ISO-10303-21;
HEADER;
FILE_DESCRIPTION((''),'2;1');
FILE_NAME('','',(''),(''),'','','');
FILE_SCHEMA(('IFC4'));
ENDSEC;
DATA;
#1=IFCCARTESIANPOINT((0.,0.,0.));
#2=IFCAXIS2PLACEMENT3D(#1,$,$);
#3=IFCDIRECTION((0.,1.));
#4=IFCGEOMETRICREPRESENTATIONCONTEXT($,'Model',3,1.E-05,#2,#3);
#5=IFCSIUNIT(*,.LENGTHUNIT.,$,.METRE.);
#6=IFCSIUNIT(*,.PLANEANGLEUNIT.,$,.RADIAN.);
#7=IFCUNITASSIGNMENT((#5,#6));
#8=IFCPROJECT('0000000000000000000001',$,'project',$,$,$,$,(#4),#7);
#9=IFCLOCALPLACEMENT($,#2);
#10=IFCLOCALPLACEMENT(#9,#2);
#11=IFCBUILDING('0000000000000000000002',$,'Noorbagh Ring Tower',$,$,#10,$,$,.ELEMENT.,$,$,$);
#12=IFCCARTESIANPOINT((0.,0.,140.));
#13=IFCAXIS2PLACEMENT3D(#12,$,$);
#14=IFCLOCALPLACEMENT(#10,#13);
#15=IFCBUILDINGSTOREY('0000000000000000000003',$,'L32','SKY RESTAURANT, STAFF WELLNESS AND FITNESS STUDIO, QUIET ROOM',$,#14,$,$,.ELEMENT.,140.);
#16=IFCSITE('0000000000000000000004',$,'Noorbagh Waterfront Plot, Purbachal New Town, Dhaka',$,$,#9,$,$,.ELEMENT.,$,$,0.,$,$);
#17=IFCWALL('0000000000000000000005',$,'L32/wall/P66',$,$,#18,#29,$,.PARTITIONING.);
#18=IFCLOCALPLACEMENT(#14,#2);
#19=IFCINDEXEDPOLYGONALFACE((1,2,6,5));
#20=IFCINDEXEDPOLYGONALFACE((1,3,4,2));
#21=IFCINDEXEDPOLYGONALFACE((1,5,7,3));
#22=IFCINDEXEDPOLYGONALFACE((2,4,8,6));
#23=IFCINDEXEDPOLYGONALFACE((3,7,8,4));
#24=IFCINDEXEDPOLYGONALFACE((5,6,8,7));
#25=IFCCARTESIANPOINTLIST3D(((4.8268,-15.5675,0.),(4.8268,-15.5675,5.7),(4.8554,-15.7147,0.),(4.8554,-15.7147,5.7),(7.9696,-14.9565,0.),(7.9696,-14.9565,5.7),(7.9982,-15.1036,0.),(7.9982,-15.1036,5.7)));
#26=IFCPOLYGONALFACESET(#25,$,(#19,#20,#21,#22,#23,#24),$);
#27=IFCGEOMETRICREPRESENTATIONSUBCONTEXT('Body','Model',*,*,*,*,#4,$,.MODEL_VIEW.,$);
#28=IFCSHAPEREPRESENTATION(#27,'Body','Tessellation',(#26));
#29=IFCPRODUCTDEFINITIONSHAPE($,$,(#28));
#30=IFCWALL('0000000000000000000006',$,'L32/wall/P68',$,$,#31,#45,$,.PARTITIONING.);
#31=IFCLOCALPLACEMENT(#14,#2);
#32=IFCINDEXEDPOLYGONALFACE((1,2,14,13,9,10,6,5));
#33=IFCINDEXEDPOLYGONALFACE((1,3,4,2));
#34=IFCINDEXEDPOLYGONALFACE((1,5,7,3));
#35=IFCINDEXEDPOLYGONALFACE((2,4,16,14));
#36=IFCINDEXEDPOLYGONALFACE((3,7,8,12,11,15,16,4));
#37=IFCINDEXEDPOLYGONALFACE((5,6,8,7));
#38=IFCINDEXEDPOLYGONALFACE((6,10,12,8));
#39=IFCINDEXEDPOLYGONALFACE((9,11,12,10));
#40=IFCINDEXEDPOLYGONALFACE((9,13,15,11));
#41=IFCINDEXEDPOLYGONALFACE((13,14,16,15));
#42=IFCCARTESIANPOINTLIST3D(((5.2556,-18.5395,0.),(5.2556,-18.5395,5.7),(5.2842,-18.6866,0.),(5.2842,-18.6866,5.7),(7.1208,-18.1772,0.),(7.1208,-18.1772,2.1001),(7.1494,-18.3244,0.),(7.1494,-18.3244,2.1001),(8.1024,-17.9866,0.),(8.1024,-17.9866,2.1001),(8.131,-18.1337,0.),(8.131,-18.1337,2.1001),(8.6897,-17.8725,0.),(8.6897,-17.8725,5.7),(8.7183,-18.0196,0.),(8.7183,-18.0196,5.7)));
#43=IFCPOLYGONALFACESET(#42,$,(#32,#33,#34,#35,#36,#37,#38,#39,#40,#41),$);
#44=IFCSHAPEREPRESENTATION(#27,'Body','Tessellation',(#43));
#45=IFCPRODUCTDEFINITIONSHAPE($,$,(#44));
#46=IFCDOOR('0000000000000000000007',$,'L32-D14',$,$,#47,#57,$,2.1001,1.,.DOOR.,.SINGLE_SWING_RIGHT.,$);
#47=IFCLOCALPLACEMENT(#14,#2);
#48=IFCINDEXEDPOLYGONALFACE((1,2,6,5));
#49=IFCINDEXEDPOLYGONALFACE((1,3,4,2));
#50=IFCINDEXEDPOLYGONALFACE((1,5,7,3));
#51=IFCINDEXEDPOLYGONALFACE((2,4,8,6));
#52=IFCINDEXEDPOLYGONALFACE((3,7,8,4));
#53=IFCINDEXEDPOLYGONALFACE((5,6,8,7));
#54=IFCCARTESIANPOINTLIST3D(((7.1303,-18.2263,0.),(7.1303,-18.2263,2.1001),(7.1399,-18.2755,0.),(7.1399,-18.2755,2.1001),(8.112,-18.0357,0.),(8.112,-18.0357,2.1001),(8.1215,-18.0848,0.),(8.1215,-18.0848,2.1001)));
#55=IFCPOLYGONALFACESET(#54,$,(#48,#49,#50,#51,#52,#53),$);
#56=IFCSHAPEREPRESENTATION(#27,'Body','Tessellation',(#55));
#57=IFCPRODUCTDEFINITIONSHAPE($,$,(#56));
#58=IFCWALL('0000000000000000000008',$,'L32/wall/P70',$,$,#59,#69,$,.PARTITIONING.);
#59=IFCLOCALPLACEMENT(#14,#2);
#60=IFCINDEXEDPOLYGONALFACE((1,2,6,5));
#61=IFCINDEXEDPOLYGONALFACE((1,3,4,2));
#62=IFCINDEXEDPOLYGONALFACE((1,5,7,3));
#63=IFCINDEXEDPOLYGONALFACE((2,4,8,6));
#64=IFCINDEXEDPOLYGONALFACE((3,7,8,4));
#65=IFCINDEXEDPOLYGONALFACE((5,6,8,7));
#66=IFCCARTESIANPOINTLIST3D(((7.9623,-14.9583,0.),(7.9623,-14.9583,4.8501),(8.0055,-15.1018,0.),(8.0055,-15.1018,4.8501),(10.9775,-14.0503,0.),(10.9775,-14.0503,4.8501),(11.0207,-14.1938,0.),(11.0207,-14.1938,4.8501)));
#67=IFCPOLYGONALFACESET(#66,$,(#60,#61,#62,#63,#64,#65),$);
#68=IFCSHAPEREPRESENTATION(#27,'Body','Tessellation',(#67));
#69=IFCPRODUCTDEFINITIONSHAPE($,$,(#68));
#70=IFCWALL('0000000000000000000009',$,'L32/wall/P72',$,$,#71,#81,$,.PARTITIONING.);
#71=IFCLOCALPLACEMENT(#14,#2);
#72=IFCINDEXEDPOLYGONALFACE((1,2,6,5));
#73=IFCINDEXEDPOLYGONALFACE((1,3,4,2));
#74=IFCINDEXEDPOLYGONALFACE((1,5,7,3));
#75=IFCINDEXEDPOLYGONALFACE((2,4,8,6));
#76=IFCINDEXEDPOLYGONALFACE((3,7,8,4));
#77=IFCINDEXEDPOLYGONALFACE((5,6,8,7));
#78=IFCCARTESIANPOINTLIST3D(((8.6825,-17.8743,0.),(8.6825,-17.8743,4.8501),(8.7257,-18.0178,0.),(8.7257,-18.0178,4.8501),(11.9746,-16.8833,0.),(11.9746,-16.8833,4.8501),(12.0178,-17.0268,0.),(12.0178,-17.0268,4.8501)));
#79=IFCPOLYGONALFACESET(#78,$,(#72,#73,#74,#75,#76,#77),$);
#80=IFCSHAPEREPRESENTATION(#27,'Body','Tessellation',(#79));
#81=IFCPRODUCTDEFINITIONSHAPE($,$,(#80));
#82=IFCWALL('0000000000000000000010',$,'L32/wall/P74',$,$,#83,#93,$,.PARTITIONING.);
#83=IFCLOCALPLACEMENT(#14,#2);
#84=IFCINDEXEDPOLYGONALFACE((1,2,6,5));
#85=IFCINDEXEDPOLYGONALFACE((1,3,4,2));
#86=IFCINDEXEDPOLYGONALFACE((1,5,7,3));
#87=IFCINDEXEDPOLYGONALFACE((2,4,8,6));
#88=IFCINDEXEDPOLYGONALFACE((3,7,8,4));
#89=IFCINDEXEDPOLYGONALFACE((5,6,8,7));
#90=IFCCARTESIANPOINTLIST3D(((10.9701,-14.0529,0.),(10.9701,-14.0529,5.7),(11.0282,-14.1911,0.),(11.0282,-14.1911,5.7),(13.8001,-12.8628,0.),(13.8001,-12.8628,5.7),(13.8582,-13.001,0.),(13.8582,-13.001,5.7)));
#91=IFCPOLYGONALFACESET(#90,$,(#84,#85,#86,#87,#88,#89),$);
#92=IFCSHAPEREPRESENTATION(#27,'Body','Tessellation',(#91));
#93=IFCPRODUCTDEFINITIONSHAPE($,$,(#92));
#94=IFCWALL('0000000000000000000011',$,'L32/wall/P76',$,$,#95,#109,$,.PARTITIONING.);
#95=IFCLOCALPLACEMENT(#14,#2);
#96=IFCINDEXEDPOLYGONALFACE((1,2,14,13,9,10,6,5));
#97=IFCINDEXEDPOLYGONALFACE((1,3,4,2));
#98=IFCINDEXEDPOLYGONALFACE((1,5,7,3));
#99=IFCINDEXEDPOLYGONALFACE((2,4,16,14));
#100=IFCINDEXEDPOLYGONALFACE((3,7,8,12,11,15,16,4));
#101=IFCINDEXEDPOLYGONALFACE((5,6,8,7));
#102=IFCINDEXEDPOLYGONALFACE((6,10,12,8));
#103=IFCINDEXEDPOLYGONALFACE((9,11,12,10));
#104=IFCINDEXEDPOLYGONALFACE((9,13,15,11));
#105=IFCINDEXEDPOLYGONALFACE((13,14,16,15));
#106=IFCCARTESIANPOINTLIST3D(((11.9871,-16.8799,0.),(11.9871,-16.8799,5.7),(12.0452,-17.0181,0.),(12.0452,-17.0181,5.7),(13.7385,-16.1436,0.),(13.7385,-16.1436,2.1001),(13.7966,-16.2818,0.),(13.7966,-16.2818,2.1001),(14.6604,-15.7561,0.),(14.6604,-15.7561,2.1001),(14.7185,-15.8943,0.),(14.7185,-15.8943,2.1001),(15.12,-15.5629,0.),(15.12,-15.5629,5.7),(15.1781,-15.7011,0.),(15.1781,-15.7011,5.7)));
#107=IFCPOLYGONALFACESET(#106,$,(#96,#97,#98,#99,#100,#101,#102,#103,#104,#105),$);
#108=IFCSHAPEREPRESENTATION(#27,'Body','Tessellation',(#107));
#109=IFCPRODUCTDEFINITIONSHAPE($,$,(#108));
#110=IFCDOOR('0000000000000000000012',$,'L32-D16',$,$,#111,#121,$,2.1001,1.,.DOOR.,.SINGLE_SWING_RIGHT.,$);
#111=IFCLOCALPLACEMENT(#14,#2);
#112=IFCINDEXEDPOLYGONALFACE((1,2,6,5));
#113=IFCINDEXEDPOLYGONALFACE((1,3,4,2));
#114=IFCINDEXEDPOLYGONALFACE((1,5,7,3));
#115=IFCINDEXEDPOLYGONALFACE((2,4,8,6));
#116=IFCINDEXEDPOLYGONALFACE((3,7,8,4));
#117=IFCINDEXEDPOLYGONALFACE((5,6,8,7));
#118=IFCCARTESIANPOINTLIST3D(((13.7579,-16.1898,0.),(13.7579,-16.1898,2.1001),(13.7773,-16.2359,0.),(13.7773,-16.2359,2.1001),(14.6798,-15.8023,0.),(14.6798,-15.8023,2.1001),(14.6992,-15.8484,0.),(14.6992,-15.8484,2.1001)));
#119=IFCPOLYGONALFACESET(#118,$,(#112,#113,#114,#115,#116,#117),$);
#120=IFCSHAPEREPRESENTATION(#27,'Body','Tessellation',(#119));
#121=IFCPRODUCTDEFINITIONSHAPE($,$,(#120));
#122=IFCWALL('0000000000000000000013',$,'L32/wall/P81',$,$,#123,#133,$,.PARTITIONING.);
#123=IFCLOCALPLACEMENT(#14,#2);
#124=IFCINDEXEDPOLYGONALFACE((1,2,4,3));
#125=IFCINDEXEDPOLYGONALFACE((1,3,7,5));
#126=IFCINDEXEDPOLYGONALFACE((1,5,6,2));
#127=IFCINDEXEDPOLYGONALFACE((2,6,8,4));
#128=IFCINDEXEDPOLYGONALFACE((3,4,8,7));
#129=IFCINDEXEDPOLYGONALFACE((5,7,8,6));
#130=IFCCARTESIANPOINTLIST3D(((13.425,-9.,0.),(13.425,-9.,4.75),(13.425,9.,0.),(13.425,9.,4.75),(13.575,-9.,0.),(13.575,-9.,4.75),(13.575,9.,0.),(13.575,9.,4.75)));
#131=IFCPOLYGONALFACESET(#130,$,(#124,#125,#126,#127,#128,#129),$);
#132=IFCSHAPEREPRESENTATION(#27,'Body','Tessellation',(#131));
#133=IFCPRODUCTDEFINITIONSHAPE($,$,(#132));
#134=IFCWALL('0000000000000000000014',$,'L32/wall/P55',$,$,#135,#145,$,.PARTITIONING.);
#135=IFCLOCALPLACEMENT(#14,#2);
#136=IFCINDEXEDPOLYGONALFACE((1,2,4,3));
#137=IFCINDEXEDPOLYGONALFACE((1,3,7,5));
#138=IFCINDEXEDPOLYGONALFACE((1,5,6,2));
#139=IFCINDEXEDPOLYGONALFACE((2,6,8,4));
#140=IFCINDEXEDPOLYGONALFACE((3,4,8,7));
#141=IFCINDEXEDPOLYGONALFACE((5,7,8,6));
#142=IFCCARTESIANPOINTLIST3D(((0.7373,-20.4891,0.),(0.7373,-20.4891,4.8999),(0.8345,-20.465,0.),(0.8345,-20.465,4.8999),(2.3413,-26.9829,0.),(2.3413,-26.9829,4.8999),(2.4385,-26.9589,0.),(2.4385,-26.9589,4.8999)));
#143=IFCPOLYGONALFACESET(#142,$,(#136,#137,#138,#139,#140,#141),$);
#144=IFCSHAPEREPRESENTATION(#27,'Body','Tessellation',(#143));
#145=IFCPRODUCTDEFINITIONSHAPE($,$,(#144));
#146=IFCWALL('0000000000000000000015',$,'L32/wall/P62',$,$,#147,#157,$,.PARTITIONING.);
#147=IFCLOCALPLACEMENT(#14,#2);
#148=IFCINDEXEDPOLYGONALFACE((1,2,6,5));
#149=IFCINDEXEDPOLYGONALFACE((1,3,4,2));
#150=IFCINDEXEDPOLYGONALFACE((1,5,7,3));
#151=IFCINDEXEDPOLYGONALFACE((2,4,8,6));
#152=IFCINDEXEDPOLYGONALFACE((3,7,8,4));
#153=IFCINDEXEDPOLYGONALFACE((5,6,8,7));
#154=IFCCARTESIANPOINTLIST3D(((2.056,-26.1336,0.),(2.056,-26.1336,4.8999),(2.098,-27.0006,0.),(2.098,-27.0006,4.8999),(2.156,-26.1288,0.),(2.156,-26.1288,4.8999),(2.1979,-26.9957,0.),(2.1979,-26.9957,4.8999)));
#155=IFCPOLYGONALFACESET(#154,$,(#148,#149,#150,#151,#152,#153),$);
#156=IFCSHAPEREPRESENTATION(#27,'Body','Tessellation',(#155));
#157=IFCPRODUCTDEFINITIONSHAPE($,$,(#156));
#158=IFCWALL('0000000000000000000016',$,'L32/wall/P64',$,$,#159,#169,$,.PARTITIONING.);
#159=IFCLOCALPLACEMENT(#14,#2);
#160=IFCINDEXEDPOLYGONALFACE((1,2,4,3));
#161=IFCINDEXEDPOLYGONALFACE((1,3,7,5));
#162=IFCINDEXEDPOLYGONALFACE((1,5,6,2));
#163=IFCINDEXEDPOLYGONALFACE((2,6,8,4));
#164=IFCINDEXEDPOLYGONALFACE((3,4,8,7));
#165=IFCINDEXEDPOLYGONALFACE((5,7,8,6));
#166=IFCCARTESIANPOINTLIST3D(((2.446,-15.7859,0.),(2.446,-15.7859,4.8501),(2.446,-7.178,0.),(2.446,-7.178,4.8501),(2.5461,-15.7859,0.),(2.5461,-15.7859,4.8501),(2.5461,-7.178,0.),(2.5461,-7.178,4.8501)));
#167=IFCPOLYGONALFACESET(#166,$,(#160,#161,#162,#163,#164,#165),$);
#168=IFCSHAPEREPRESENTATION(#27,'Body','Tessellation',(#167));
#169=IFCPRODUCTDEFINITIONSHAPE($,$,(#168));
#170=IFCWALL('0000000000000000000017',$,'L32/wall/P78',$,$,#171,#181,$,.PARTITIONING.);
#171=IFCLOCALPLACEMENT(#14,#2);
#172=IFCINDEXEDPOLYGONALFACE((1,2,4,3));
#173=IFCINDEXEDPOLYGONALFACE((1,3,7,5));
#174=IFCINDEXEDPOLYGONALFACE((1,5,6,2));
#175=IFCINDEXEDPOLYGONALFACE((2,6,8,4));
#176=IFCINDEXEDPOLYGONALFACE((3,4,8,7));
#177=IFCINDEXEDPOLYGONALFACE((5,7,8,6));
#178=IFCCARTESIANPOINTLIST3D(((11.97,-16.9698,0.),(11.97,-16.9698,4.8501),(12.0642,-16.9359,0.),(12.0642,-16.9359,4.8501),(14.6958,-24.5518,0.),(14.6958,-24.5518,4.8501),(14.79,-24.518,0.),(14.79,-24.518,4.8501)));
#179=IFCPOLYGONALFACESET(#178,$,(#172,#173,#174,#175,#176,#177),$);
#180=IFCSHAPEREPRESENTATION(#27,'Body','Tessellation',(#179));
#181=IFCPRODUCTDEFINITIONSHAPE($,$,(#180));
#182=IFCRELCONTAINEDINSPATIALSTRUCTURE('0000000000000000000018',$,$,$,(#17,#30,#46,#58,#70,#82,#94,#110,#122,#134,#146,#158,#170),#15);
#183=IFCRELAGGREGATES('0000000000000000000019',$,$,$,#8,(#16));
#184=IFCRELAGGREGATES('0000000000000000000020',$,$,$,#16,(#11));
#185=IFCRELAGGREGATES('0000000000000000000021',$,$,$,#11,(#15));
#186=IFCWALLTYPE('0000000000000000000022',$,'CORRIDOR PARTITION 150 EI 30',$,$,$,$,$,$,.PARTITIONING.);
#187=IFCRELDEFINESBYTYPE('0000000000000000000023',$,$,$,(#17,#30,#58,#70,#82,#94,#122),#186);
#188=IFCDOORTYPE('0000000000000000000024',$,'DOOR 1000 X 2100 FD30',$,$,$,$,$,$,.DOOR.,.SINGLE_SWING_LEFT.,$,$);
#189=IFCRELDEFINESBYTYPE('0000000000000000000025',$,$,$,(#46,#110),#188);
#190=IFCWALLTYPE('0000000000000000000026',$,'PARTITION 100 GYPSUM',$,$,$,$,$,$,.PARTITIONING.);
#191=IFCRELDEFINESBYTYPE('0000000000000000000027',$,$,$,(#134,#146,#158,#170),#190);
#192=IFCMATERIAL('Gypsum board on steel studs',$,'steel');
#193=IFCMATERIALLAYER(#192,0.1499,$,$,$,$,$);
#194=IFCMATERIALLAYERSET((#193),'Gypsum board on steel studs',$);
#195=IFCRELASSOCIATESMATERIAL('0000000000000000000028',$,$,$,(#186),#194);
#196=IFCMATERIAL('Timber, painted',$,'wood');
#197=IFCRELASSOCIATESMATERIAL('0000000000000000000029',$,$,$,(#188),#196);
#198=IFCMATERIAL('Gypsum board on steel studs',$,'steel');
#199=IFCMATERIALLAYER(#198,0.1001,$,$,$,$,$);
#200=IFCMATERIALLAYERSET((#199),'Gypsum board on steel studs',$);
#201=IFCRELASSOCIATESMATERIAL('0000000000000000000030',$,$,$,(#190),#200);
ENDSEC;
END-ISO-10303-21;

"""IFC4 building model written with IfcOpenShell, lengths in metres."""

from ifc_helpers import new_model, si_unit, direction, frame, frame_2d, origin, place, context, subcontext, project, spatial, rectangle, extrude, material, layer, layer_set, type_object, element, fill, save


model = new_model("IFC4")

# Units and contexts
model_context = context("Model", 3, precision=1e-05, world=origin(), true_north=direction((0.0, 1.0)))
body_context = subcontext(model_context, "Body", "Model", "MODEL_VIEW")
ifc_project = project(units=[si_unit("LENGTHUNIT", "METRE"), si_unit("PLANEANGLEUNIT", "RADIAN")], contexts=[model_context])

# Site, building, storey
site_placement = place(None, origin())
site = spatial("IfcSite", under=ifc_project, at=site_placement, Name="Noorbagh Waterfront Plot, Purbachal New Town, Dhaka", CompositionType="ELEMENT", RefElevation=0.0)
building_placement = place(site_placement, origin())
building = spatial("IfcBuilding", under=site, at=building_placement, Name="Noorbagh Ring Tower", CompositionType="ELEMENT")
storey_placement = place(building_placement, frame((0.0, 0.0, 140.0)))
storey = spatial("IfcBuildingStorey", under=building, at=storey_placement, Name="L32", Description="SKY RESTAURANT, STAFF WELLNESS AND FITNESS STUDIO, QUIET ROOM", CompositionType="ELEMENT", Elevation=140.0)

# Wall
ifc_material_1 = material(Name="Gypsum board on steel studs", Category="steel")
ifc_layer_1 = layer(ifc_material_1, 0.1499)
ifc_layer_set_1 = layer_set([ifc_layer_1], Name="Gypsum board on steel studs")
wall_type_1 = type_object("IfcWallType", Name="CORRIDOR PARTITION 150 EI 30", PredefinedType="PARTITIONING", material=ifc_layer_set_1)
wall_1_placement = place(storey_placement, frame((4.8411, -15.6411, 0.0), z_axis=(0.0, 0.0, 1.0), x_axis=(0.981617, 0.190864, 0.0)))
element("IfcWall", 1, at=wall_1_placement, inside=storey, type_object=wall_type_1, Name="L32/wall/P66", PredefinedType="PARTITIONING", context=body_context, shape_type="SweptSolid", body=[
    extrude(rectangle(XDim=3.2017, YDim=0.1499, at=frame_2d((1.6008, 0.0))), origin(), (0.0, 0.0, 1.0), 5.7),
])

# Wall, opening, door
wall_2_placement = place(storey_placement, frame((5.27, -18.613, 0.0), z_axis=(0.0, 0.0, 1.0), x_axis=(0.981655, 0.190664, 0.0)))
wall_2 = element("IfcWall", 2, at=wall_2_placement, inside=storey, type_object=wall_type_1, Name="L32/wall/P68", PredefinedType="PARTITIONING", context=body_context, shape_type="SweptSolid", body=[
    extrude(rectangle(XDim=3.4983, YDim=0.1499, at=frame_2d((1.749, 0.0))), origin(), (0.0, 0.0, 1.0), 5.7),
])
opening_1_placement = place(wall_2_placement, frame((1.8999, 0.0, 0.0)))
opening_1 = element("IfcOpeningElement", 3, at=opening_1_placement, cuts=wall_2, PredefinedType="OPENING", context=body_context, shape_type="SweptSolid", body=[
    extrude(rectangle(XDim=1.0, YDim=2.1001, at=frame_2d((0.5, 1.05))), frame((0.0, 0.085, 0.0), z_axis=(0.0, -1.0, 0.0), x_axis=(1.0, 0.0, 0.0)), (0.0, 0.0, 1.0), 0.1699),
])
ifc_material_2 = material(Name="Timber, painted", Category="wood")
door_type = type_object("IfcDoorType", Name="DOOR 1000 X 2100 FD30", OperationType="SINGLE_SWING_LEFT", PredefinedType="DOOR", material=ifc_material_2)
door_1_placement = place(opening_1_placement, origin())
door_1 = element("IfcDoor", 4, at=door_1_placement, inside=storey, type_object=door_type, Name="L32-D14", OperationType="SINGLE_SWING_RIGHT", OverallHeight=2.1001, OverallWidth=1.0, PredefinedType="DOOR", context=body_context, shape_type="SweptSolid", body=[
    extrude(rectangle(XDim=1.0, YDim=2.1001, at=frame_2d((0.5, 1.05))), frame((0.0, 0.0249, 0.0), z_axis=(0.0, -1.0, 0.0), x_axis=(1.0, 0.0, 0.0)), (0.0, 0.0, 1.0), 0.05),
])
fill(opening_1, door_1)

# Walls
wall_3_placement = place(storey_placement, frame((7.9839, -15.03, 0.0), z_axis=(0.0, 0.0, 1.0), x_axis=(0.957527, 0.288344, 0.0)))
element("IfcWall", 5, at=wall_3_placement, inside=storey, type_object=wall_type_1, Name="L32/wall/P70", PredefinedType="PARTITIONING", context=body_context, shape_type="SweptSolid", body=[
    extrude(rectangle(XDim=3.1489, YDim=0.1499, at=frame_2d((1.5745, 0.0))), origin(), (0.0, 0.0, 1.0), 4.8501),
])
wall_4_placement = place(storey_placement, frame((8.7041, -17.946, 0.0), z_axis=(0.0, 0.0, 1.0), x_axis=(0.957556, 0.288247, 0.0)))
element("IfcWall", 6, at=wall_4_placement, inside=storey, type_object=wall_type_1, Name="L32/wall/P72", PredefinedType="PARTITIONING", context=body_context, shape_type="SweptSolid", body=[
    extrude(rectangle(XDim=3.438, YDim=0.1499, at=frame_2d((1.719, 0.0))), origin(), (0.0, 0.0, 1.0), 4.8501),
])
wall_5_placement = place(storey_placement, frame((10.999, -14.1221, 0.0), z_axis=(0.0, 0.0, 1.0), x_axis=(0.921801, 0.387662, 0.0)))
element("IfcWall", 7, at=wall_5_placement, inside=storey, type_object=wall_type_1, Name="L32/wall/P74", PredefinedType="PARTITIONING", context=body_context, shape_type="SweptSolid", body=[
    extrude(rectangle(XDim=3.0701, YDim=0.1499, at=frame_2d((1.5352, 0.0))), origin(), (0.0, 0.0, 1.0), 5.7),
])

# Wall, opening, door
wall_6_placement = place(storey_placement, frame((12.0161, -16.949, 0.0), z_axis=(0.0, 0.0, 1.0), x_axis=(0.921865, 0.387511, 0.0)))
wall_6 = element("IfcWall", 8, at=wall_6_placement, inside=storey, type_object=wall_type_1, Name="L32/wall/P76", PredefinedType="PARTITIONING", context=body_context, shape_type="SweptSolid", body=[
    extrude(rectangle(XDim=3.3984, YDim=0.1499, at=frame_2d((1.6992, 0.0))), origin(), (0.0, 0.0, 1.0), 5.7),
])
opening_2_placement = place(wall_6_placement, frame((1.8999, 0.0, 0.0)))
opening_2 = element("IfcOpeningElement", 9, at=opening_2_placement, cuts=wall_6, PredefinedType="OPENING", context=body_context, shape_type="SweptSolid", body=[
    extrude(rectangle(XDim=1.0, YDim=2.1001, at=frame_2d((0.5, 1.05))), frame((0.0, 0.085, 0.0), z_axis=(0.0, -1.0, 0.0), x_axis=(1.0, 0.0, 0.0)), (0.0, 0.0, 1.0), 0.1699),
])
door_2_placement = place(opening_2_placement, origin())
door_2 = element("IfcDoor", 10, at=door_2_placement, inside=storey, type_object=door_type, Name="L32-D16", OperationType="SINGLE_SWING_RIGHT", OverallHeight=2.1001, OverallWidth=1.0, PredefinedType="DOOR", context=body_context, shape_type="SweptSolid", body=[
    extrude(rectangle(XDim=1.0, YDim=2.1001, at=frame_2d((0.5, 1.05))), frame((0.0, 0.0249, 0.0), z_axis=(0.0, -1.0, 0.0), x_axis=(1.0, 0.0, 0.0)), (0.0, 0.0, 1.0), 0.05),
])
fill(opening_2, door_2)

# Walls
wall_7_placement = place(storey_placement, frame((13.5, -9.0, 0.0), z_axis=(0.0, 0.0, 1.0), x_axis=(0.0, 1.0, 0.0)))
element("IfcWall", 11, at=wall_7_placement, inside=storey, type_object=wall_type_1, Name="L32/wall/P81", PredefinedType="PARTITIONING", context=body_context, shape_type="SweptSolid", body=[
    extrude(rectangle(XDim=18.0, YDim=0.1499, at=frame_2d((9.0, 0.0))), origin(), (0.0, 0.0, 1.0), 4.75),
])
ifc_material_3 = material(Name="Gypsum board on steel studs", Category="steel")
ifc_layer_2 = layer(ifc_material_3, 0.1001)
ifc_layer_set_2 = layer_set([ifc_layer_2], Name="Gypsum board on steel studs")
wall_type_2 = type_object("IfcWallType", Name="PARTITION 100 GYPSUM", PredefinedType="PARTITIONING", material=ifc_layer_set_2)
wall_8_placement = place(storey_placement, frame((0.7859, -20.4771, 0.0), z_axis=(0.0, 0.0, 1.0), x_axis=(0.239795, -0.970824, 0.0)))
element("IfcWall", 12, at=wall_8_placement, inside=storey, type_object=wall_type_2, Name="L32/wall/P55", PredefinedType="PARTITIONING", context=body_context, shape_type="SweptSolid", body=[
    extrude(rectangle(XDim=6.689, YDim=0.1001, at=frame_2d((3.3445, 0.0))), origin(), (0.0, 0.0, 1.0), 4.8999),
])
wall_9_placement = place(storey_placement, frame((2.106, -26.1311, 0.0), z_axis=(0.0, 0.0, 1.0), x_axis=(0.04838, -0.998829, 0.0)))
element("IfcWall", 13, at=wall_9_placement, inside=storey, type_object=wall_type_2, Name="L32/wall/P62", PredefinedType="PARTITIONING", context=body_context, shape_type="SweptSolid", body=[
    extrude(rectangle(XDim=0.8679, YDim=0.1001, at=frame_2d((0.4341, 0.0))), origin(), (0.0, 0.0, 1.0), 4.8999),
])
wall_10_placement = place(storey_placement, frame((2.4961, -15.7859, 0.0), z_axis=(0.0, 0.0, 1.0), x_axis=(0.0, 1.0, 0.0)))
element("IfcWall", 14, at=wall_10_placement, inside=storey, type_object=wall_type_2, Name="L32/wall/P64", PredefinedType="PARTITIONING", context=body_context, shape_type="SweptSolid", body=[
    extrude(rectangle(XDim=8.6079, YDim=0.1001, at=frame_2d((4.304, 0.0))), origin(), (0.0, 0.0, 1.0), 4.8501),
])
wall_11_placement = place(storey_placement, frame((12.0171, -16.9529, 0.0), z_axis=(0.0, 0.0, 1.0), x_axis=(0.338313, -0.941034, 0.0)))
element("IfcWall", 15, at=wall_11_placement, inside=storey, type_object=wall_type_2, Name="L32/wall/P78", PredefinedType="PARTITIONING", context=body_context, shape_type="SweptSolid", body=[
    extrude(rectangle(XDim=8.0571, YDim=0.1001, at=frame_2d((4.0286, 0.0))), origin(), (0.0, 0.0, 1.0), 4.8501),
])

save(model, "model.ifc")
